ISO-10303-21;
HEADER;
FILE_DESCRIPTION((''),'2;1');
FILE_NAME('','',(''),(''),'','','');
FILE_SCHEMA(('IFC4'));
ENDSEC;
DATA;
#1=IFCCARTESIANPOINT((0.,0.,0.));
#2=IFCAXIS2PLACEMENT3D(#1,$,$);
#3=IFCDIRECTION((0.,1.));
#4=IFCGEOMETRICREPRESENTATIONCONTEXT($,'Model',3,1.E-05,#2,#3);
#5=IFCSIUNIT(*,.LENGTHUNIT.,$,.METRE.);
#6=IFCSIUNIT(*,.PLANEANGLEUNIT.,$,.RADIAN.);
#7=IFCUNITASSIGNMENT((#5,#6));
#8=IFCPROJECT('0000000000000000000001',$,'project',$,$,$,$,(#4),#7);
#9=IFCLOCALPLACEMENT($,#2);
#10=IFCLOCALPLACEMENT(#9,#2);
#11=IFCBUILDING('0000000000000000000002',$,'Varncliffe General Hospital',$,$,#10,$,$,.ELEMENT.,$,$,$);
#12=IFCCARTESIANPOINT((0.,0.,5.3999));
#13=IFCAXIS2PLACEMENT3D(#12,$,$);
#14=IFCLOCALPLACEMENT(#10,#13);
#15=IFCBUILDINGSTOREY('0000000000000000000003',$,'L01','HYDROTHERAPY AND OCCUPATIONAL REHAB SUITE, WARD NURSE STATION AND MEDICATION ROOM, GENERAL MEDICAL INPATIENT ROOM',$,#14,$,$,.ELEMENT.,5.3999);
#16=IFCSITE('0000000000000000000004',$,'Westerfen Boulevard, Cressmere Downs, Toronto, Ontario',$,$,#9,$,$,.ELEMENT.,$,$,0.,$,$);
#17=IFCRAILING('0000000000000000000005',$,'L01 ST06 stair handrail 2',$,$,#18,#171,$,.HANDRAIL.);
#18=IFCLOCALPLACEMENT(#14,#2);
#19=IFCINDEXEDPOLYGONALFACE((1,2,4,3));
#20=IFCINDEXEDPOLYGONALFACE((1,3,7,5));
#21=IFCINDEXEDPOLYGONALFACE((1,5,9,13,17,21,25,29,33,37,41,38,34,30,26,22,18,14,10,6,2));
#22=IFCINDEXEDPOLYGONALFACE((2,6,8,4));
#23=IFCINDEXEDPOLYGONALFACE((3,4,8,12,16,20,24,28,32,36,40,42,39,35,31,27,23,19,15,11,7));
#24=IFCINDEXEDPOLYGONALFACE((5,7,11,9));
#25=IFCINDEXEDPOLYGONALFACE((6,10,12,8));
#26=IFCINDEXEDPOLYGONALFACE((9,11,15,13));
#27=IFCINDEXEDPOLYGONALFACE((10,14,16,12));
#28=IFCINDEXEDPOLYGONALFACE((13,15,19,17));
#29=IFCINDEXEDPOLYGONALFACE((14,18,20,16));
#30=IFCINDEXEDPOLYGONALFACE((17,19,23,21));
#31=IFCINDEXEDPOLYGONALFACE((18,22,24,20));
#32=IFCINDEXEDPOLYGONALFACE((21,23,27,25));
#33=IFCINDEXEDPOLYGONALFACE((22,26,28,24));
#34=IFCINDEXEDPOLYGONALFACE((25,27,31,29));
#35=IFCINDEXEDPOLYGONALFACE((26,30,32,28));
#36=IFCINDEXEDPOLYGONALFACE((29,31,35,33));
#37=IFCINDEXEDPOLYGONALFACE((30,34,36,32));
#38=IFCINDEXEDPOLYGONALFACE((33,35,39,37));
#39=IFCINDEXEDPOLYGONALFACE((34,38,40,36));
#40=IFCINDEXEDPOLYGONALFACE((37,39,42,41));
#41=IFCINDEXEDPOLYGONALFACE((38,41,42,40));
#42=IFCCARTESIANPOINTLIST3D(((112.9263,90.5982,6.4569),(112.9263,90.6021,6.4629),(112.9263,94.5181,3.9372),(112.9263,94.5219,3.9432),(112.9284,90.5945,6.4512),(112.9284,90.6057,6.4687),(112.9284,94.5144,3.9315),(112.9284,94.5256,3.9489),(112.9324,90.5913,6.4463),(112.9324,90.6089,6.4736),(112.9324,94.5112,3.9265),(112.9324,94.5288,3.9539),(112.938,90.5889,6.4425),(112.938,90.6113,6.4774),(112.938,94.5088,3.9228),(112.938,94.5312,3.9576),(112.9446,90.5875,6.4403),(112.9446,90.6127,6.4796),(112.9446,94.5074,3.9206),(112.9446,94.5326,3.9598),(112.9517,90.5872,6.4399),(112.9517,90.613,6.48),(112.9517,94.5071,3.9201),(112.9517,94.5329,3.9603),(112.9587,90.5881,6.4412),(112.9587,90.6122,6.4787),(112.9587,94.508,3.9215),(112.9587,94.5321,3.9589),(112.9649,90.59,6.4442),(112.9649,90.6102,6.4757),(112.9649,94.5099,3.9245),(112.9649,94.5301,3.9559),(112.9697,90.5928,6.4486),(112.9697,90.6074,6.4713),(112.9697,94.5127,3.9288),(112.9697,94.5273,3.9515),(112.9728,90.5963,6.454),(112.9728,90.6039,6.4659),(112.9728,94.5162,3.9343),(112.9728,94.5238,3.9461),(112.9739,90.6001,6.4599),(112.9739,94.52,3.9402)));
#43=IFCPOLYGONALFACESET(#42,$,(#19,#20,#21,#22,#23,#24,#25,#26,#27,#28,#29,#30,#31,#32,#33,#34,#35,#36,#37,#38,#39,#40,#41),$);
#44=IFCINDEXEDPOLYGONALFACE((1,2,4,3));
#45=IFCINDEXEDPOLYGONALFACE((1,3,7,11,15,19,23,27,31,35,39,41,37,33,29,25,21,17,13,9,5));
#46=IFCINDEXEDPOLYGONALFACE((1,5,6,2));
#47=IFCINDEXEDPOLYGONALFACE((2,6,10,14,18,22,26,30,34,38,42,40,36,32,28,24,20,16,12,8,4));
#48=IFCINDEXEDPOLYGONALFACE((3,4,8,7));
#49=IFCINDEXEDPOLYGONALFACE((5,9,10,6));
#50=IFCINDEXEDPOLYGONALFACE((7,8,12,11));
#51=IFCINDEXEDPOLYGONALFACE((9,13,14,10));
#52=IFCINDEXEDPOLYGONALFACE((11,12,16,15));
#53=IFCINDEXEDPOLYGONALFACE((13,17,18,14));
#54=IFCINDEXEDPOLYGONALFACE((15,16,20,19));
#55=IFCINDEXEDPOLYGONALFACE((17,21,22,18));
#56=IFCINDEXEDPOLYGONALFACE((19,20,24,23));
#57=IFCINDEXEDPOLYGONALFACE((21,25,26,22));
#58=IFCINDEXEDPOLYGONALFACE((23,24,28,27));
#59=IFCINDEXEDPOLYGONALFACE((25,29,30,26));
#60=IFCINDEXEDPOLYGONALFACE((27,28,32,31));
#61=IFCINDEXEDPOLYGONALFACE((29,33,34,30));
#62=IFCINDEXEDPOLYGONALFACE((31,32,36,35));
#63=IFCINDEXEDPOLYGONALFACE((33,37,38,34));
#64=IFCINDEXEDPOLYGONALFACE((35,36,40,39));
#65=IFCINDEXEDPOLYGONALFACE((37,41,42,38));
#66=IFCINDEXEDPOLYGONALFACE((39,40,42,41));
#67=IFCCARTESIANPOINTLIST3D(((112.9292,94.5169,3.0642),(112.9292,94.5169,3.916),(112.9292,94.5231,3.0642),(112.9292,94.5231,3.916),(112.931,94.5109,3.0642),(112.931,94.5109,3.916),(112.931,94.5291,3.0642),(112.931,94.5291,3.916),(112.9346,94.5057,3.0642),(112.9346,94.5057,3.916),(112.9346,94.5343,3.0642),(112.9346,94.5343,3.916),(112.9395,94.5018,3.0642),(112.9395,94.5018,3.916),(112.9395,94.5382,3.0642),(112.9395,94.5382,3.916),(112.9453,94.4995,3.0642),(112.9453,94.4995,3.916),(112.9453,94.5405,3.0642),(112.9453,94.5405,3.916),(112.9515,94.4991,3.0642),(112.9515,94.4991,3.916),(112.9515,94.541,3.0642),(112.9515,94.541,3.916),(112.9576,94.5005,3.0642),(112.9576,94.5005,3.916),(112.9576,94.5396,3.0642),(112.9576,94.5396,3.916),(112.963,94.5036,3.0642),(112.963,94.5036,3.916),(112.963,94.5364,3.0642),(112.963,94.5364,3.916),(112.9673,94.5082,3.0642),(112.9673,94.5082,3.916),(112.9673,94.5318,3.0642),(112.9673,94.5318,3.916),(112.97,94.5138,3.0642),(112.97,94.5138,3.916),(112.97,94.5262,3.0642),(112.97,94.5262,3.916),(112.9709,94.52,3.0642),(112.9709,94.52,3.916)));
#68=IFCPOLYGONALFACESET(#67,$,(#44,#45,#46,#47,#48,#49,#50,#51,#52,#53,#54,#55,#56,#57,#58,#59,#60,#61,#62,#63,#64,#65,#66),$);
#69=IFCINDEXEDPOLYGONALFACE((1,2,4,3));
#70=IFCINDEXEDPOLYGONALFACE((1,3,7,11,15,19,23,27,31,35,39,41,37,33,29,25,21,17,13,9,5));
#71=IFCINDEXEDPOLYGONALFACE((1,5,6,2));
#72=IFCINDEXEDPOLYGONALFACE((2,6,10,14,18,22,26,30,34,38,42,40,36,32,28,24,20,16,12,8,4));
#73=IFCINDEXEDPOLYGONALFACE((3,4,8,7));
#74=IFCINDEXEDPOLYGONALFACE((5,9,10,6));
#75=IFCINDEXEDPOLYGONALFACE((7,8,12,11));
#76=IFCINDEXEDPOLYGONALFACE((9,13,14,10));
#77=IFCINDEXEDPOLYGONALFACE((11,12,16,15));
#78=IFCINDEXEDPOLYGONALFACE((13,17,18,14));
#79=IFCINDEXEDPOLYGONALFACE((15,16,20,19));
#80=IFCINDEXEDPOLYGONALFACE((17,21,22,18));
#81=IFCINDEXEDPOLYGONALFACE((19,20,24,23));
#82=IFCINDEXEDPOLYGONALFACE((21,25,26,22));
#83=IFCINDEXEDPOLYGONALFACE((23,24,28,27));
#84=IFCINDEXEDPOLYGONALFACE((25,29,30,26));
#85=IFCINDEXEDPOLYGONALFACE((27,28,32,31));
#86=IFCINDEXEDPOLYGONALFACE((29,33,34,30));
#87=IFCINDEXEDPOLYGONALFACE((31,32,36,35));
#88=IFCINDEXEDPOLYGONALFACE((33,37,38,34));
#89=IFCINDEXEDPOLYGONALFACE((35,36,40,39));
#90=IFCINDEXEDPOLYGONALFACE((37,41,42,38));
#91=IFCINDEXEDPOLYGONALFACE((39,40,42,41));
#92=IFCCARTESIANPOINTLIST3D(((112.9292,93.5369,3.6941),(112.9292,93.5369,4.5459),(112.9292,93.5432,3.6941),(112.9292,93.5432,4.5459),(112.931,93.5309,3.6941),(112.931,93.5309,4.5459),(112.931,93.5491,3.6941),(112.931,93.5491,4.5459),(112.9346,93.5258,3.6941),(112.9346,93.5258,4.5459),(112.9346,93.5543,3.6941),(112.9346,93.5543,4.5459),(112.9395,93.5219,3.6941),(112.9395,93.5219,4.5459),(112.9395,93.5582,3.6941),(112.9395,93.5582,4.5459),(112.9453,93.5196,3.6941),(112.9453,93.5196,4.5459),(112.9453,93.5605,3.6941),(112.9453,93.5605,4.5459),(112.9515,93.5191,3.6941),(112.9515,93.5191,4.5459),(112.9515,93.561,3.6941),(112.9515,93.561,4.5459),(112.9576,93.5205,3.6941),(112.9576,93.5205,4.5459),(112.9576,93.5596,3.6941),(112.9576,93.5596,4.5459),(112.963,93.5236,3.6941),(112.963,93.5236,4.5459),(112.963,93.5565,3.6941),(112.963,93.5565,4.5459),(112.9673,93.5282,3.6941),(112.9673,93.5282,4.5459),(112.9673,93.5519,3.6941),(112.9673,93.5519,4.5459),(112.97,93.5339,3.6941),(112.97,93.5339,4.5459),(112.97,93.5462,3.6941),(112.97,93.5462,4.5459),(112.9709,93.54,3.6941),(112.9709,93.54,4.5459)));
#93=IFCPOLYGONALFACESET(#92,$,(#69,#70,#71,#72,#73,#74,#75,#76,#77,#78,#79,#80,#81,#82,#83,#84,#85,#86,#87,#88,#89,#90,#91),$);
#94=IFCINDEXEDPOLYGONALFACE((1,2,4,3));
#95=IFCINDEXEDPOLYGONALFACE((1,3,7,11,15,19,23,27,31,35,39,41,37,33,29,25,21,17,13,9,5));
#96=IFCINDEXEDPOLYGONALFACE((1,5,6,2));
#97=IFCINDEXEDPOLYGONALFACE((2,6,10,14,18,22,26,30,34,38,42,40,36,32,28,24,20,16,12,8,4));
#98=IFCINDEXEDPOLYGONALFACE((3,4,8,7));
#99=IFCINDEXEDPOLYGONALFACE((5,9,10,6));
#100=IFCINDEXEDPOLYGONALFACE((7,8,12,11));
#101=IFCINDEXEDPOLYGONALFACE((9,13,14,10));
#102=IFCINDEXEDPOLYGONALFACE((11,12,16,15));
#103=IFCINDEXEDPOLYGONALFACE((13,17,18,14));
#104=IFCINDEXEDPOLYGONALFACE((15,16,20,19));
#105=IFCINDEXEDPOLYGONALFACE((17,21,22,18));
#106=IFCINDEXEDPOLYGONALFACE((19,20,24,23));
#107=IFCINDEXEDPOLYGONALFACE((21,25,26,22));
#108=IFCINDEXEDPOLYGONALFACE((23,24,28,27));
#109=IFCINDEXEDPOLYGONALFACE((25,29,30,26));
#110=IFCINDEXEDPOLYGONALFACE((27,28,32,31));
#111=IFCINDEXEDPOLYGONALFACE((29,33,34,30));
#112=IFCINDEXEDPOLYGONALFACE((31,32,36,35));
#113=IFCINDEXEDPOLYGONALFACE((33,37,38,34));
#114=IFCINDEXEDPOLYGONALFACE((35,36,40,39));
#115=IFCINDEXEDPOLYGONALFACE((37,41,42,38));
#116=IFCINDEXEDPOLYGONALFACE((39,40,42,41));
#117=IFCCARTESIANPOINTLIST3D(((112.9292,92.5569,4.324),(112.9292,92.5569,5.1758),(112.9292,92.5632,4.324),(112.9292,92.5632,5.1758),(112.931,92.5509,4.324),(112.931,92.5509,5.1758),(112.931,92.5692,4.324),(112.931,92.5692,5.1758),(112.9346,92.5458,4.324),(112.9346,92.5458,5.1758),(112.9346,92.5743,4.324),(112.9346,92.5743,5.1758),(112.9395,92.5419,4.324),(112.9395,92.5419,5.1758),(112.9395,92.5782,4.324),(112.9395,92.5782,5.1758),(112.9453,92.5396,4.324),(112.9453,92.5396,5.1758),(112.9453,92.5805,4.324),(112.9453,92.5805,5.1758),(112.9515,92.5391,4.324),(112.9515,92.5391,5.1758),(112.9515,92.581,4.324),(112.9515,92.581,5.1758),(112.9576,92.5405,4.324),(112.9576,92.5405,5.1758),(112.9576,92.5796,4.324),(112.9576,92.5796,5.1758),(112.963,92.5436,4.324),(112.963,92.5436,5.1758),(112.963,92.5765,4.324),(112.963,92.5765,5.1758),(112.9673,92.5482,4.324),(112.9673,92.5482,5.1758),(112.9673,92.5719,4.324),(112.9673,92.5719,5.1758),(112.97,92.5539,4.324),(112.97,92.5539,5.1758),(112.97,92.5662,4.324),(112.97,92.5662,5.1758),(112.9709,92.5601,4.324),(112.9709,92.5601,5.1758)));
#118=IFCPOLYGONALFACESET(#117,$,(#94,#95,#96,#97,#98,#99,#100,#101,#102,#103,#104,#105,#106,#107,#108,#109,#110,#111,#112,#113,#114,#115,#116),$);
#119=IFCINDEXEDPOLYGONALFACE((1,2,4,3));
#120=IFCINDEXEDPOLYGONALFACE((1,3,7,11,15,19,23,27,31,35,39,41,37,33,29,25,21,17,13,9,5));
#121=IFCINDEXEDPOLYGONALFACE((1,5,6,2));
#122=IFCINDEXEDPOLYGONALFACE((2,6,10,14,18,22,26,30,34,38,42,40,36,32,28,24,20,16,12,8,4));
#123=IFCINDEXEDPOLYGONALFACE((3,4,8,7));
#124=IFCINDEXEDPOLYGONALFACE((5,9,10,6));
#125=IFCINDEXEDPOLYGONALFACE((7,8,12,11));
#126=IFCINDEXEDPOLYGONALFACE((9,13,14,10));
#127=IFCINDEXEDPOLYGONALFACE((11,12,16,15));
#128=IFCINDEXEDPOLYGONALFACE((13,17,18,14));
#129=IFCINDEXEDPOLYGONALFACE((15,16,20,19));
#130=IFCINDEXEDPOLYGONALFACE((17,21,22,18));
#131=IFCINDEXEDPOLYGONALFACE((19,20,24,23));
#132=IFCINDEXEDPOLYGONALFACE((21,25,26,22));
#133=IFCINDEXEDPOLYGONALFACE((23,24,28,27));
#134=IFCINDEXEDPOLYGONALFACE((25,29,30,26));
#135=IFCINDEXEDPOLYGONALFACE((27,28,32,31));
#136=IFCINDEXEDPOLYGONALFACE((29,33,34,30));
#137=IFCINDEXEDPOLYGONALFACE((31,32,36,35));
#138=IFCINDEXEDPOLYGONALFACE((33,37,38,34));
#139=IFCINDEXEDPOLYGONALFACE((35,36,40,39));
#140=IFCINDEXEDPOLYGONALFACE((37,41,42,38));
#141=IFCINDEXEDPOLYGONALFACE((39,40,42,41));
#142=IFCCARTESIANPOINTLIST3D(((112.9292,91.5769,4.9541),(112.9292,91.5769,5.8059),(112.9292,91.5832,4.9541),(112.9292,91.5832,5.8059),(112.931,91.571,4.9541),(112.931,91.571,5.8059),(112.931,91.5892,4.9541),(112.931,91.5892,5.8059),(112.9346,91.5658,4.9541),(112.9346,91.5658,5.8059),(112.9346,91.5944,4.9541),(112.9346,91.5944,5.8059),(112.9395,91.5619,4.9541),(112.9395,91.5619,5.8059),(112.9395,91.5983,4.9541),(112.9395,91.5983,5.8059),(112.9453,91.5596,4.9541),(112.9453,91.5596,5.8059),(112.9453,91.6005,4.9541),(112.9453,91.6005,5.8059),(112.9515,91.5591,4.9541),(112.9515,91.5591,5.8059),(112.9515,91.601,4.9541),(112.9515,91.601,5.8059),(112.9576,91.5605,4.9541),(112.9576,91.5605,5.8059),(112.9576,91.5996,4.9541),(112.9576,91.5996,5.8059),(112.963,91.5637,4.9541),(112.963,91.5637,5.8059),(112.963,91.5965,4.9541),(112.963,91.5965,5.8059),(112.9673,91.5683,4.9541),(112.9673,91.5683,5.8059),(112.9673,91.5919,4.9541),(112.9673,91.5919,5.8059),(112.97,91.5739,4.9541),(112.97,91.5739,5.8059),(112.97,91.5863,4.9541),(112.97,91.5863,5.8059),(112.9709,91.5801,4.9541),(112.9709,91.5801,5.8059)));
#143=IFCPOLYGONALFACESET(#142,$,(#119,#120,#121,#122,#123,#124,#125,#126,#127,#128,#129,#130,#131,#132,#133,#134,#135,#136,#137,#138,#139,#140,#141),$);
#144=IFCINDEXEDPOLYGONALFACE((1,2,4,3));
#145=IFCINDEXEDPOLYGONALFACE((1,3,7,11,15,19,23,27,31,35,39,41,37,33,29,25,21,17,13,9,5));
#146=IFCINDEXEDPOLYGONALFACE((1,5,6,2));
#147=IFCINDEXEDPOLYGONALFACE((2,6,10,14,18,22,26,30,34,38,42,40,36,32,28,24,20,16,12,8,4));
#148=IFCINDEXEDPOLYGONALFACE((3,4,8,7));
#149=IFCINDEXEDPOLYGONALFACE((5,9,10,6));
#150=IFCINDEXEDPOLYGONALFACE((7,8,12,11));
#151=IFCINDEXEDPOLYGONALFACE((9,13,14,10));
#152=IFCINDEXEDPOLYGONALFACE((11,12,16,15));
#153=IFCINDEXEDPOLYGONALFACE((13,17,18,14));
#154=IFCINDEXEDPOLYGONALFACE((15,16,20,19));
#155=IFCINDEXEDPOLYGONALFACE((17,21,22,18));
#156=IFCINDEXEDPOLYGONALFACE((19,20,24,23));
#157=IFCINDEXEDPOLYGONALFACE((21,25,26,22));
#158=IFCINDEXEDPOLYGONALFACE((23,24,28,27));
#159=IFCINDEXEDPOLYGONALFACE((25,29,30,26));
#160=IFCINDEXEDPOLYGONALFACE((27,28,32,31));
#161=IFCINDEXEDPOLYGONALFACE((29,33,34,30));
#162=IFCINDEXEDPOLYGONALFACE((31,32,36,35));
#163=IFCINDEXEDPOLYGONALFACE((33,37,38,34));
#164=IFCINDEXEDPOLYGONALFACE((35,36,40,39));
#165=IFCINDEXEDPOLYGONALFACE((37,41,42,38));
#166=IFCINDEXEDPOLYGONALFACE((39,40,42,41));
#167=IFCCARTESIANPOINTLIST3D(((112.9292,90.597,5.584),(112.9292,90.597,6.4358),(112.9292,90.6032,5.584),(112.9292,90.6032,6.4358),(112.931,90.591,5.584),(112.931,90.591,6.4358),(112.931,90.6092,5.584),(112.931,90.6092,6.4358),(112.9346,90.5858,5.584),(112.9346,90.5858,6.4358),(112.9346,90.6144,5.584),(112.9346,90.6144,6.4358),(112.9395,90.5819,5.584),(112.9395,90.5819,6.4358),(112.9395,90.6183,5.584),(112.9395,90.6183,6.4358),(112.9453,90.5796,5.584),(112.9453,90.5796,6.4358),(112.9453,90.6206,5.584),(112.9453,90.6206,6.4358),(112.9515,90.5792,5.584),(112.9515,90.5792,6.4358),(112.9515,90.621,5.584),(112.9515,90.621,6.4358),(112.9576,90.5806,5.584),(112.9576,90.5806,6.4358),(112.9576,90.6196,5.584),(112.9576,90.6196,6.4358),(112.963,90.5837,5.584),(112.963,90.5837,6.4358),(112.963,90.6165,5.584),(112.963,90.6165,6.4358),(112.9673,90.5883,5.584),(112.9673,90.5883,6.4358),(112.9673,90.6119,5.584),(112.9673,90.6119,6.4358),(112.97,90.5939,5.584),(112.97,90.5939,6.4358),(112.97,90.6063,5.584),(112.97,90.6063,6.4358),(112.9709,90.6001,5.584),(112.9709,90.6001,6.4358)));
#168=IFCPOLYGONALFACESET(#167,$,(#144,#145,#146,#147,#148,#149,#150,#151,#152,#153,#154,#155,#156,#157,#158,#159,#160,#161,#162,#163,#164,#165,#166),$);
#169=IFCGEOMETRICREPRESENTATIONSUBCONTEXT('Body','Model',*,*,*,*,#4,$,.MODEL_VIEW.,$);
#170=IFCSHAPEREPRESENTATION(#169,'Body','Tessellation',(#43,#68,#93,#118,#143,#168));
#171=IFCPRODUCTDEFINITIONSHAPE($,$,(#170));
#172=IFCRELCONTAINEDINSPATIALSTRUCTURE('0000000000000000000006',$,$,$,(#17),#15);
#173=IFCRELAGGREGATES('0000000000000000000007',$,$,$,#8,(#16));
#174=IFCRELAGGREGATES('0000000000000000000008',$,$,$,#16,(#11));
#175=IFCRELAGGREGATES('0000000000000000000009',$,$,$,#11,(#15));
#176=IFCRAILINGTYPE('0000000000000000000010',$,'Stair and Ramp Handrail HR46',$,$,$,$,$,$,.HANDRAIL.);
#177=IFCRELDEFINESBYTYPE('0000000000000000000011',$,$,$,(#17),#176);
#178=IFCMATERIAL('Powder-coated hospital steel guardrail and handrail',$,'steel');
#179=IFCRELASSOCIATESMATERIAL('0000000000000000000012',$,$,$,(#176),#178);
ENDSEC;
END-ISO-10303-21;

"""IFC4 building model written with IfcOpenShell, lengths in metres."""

from ifc_helpers import new_model, si_unit, direction, frame, origin, origin_2d, place, context, subcontext, project, spatial, circle, extrude, material, type_object, element, save


model = new_model("IFC4")

# Units and contexts
model_context = context("Model", 3, precision=1e-05, world=origin(), true_north=direction((0.0, 1.0)))
body_context = subcontext(model_context, "Body", "Model", "MODEL_VIEW")
ifc_project = project(units=[si_unit("LENGTHUNIT", "METRE"), si_unit("PLANEANGLEUNIT", "RADIAN")], contexts=[model_context])

# Site, building, storey
site_placement = place(None, origin())
site = spatial("IfcSite", under=ifc_project, at=site_placement, Name="Westerfen Boulevard, Cressmere Downs, Toronto, Ontario", CompositionType="ELEMENT", RefElevation=0.0)
building_placement = place(site_placement, origin())
building = spatial("IfcBuilding", under=site, at=building_placement, Name="Varncliffe General Hospital", CompositionType="ELEMENT")
storey_placement = place(building_placement, frame((0.0, 0.0, 5.3999)))
storey = spatial("IfcBuildingStorey", under=building, at=storey_placement, Name="L01", Description="HYDROTHERAPY AND OCCUPATIONAL REHAB SUITE, WARD NURSE STATION AND MEDICATION ROOM, GENERAL MEDICAL INPATIENT ROOM", CompositionType="ELEMENT", Elevation=5.3999)

# Railing
ifc_material_1 = material(Name="Powder-coated hospital steel guardrail and handrail", Category="steel")
railing_type_1 = type_object("IfcRailingType", Name="Stair and Ramp Handrail HR46", PredefinedType="HANDRAIL", material=ifc_material_1)
railing_1_placement = place(storey_placement, frame((112.95, 94.52, 3.0642)))
element("IfcRailing", 1, at=railing_1_placement, inside=storey, type_object=railing_type_1, Name="L01 ST06 stair handrail 2", PredefinedType="HANDRAIL", context=body_context, shape_type="SweptSolid", body=[
    extrude(circle(Radius=0.0239, at=origin_2d()), frame((0.0, 0.0, 0.876), z_axis=(0.0, -0.841195, 0.540731), x_axis=(1.0, 0.0, 0.0)), (0.0, 0.0, 1.0), 4.6599),
    extrude(circle(Radius=0.021, at=origin_2d()), origin(), (0.0, 0.0, 1.0), 0.8518),
    extrude(circle(Radius=0.021, at=origin_2d()), frame((0.0, -0.98, 0.6299)), (0.0, 0.0, 1.0), 0.8518),
    extrude(circle(Radius=0.021, at=origin_2d()), frame((0.0, -1.96, 1.2598)), (0.0, 0.0, 1.0), 0.8518),
    extrude(circle(Radius=0.021, at=origin_2d()), frame((0.0, -2.9399, 1.8899)), (0.0, 0.0, 1.0), 0.8518),
    extrude(circle(Radius=0.021, at=origin_2d()), frame((0.0, -3.9199, 2.5198)), (0.0, 0.0, 1.0), 0.8518),
])

save(model, "model.ifc")
